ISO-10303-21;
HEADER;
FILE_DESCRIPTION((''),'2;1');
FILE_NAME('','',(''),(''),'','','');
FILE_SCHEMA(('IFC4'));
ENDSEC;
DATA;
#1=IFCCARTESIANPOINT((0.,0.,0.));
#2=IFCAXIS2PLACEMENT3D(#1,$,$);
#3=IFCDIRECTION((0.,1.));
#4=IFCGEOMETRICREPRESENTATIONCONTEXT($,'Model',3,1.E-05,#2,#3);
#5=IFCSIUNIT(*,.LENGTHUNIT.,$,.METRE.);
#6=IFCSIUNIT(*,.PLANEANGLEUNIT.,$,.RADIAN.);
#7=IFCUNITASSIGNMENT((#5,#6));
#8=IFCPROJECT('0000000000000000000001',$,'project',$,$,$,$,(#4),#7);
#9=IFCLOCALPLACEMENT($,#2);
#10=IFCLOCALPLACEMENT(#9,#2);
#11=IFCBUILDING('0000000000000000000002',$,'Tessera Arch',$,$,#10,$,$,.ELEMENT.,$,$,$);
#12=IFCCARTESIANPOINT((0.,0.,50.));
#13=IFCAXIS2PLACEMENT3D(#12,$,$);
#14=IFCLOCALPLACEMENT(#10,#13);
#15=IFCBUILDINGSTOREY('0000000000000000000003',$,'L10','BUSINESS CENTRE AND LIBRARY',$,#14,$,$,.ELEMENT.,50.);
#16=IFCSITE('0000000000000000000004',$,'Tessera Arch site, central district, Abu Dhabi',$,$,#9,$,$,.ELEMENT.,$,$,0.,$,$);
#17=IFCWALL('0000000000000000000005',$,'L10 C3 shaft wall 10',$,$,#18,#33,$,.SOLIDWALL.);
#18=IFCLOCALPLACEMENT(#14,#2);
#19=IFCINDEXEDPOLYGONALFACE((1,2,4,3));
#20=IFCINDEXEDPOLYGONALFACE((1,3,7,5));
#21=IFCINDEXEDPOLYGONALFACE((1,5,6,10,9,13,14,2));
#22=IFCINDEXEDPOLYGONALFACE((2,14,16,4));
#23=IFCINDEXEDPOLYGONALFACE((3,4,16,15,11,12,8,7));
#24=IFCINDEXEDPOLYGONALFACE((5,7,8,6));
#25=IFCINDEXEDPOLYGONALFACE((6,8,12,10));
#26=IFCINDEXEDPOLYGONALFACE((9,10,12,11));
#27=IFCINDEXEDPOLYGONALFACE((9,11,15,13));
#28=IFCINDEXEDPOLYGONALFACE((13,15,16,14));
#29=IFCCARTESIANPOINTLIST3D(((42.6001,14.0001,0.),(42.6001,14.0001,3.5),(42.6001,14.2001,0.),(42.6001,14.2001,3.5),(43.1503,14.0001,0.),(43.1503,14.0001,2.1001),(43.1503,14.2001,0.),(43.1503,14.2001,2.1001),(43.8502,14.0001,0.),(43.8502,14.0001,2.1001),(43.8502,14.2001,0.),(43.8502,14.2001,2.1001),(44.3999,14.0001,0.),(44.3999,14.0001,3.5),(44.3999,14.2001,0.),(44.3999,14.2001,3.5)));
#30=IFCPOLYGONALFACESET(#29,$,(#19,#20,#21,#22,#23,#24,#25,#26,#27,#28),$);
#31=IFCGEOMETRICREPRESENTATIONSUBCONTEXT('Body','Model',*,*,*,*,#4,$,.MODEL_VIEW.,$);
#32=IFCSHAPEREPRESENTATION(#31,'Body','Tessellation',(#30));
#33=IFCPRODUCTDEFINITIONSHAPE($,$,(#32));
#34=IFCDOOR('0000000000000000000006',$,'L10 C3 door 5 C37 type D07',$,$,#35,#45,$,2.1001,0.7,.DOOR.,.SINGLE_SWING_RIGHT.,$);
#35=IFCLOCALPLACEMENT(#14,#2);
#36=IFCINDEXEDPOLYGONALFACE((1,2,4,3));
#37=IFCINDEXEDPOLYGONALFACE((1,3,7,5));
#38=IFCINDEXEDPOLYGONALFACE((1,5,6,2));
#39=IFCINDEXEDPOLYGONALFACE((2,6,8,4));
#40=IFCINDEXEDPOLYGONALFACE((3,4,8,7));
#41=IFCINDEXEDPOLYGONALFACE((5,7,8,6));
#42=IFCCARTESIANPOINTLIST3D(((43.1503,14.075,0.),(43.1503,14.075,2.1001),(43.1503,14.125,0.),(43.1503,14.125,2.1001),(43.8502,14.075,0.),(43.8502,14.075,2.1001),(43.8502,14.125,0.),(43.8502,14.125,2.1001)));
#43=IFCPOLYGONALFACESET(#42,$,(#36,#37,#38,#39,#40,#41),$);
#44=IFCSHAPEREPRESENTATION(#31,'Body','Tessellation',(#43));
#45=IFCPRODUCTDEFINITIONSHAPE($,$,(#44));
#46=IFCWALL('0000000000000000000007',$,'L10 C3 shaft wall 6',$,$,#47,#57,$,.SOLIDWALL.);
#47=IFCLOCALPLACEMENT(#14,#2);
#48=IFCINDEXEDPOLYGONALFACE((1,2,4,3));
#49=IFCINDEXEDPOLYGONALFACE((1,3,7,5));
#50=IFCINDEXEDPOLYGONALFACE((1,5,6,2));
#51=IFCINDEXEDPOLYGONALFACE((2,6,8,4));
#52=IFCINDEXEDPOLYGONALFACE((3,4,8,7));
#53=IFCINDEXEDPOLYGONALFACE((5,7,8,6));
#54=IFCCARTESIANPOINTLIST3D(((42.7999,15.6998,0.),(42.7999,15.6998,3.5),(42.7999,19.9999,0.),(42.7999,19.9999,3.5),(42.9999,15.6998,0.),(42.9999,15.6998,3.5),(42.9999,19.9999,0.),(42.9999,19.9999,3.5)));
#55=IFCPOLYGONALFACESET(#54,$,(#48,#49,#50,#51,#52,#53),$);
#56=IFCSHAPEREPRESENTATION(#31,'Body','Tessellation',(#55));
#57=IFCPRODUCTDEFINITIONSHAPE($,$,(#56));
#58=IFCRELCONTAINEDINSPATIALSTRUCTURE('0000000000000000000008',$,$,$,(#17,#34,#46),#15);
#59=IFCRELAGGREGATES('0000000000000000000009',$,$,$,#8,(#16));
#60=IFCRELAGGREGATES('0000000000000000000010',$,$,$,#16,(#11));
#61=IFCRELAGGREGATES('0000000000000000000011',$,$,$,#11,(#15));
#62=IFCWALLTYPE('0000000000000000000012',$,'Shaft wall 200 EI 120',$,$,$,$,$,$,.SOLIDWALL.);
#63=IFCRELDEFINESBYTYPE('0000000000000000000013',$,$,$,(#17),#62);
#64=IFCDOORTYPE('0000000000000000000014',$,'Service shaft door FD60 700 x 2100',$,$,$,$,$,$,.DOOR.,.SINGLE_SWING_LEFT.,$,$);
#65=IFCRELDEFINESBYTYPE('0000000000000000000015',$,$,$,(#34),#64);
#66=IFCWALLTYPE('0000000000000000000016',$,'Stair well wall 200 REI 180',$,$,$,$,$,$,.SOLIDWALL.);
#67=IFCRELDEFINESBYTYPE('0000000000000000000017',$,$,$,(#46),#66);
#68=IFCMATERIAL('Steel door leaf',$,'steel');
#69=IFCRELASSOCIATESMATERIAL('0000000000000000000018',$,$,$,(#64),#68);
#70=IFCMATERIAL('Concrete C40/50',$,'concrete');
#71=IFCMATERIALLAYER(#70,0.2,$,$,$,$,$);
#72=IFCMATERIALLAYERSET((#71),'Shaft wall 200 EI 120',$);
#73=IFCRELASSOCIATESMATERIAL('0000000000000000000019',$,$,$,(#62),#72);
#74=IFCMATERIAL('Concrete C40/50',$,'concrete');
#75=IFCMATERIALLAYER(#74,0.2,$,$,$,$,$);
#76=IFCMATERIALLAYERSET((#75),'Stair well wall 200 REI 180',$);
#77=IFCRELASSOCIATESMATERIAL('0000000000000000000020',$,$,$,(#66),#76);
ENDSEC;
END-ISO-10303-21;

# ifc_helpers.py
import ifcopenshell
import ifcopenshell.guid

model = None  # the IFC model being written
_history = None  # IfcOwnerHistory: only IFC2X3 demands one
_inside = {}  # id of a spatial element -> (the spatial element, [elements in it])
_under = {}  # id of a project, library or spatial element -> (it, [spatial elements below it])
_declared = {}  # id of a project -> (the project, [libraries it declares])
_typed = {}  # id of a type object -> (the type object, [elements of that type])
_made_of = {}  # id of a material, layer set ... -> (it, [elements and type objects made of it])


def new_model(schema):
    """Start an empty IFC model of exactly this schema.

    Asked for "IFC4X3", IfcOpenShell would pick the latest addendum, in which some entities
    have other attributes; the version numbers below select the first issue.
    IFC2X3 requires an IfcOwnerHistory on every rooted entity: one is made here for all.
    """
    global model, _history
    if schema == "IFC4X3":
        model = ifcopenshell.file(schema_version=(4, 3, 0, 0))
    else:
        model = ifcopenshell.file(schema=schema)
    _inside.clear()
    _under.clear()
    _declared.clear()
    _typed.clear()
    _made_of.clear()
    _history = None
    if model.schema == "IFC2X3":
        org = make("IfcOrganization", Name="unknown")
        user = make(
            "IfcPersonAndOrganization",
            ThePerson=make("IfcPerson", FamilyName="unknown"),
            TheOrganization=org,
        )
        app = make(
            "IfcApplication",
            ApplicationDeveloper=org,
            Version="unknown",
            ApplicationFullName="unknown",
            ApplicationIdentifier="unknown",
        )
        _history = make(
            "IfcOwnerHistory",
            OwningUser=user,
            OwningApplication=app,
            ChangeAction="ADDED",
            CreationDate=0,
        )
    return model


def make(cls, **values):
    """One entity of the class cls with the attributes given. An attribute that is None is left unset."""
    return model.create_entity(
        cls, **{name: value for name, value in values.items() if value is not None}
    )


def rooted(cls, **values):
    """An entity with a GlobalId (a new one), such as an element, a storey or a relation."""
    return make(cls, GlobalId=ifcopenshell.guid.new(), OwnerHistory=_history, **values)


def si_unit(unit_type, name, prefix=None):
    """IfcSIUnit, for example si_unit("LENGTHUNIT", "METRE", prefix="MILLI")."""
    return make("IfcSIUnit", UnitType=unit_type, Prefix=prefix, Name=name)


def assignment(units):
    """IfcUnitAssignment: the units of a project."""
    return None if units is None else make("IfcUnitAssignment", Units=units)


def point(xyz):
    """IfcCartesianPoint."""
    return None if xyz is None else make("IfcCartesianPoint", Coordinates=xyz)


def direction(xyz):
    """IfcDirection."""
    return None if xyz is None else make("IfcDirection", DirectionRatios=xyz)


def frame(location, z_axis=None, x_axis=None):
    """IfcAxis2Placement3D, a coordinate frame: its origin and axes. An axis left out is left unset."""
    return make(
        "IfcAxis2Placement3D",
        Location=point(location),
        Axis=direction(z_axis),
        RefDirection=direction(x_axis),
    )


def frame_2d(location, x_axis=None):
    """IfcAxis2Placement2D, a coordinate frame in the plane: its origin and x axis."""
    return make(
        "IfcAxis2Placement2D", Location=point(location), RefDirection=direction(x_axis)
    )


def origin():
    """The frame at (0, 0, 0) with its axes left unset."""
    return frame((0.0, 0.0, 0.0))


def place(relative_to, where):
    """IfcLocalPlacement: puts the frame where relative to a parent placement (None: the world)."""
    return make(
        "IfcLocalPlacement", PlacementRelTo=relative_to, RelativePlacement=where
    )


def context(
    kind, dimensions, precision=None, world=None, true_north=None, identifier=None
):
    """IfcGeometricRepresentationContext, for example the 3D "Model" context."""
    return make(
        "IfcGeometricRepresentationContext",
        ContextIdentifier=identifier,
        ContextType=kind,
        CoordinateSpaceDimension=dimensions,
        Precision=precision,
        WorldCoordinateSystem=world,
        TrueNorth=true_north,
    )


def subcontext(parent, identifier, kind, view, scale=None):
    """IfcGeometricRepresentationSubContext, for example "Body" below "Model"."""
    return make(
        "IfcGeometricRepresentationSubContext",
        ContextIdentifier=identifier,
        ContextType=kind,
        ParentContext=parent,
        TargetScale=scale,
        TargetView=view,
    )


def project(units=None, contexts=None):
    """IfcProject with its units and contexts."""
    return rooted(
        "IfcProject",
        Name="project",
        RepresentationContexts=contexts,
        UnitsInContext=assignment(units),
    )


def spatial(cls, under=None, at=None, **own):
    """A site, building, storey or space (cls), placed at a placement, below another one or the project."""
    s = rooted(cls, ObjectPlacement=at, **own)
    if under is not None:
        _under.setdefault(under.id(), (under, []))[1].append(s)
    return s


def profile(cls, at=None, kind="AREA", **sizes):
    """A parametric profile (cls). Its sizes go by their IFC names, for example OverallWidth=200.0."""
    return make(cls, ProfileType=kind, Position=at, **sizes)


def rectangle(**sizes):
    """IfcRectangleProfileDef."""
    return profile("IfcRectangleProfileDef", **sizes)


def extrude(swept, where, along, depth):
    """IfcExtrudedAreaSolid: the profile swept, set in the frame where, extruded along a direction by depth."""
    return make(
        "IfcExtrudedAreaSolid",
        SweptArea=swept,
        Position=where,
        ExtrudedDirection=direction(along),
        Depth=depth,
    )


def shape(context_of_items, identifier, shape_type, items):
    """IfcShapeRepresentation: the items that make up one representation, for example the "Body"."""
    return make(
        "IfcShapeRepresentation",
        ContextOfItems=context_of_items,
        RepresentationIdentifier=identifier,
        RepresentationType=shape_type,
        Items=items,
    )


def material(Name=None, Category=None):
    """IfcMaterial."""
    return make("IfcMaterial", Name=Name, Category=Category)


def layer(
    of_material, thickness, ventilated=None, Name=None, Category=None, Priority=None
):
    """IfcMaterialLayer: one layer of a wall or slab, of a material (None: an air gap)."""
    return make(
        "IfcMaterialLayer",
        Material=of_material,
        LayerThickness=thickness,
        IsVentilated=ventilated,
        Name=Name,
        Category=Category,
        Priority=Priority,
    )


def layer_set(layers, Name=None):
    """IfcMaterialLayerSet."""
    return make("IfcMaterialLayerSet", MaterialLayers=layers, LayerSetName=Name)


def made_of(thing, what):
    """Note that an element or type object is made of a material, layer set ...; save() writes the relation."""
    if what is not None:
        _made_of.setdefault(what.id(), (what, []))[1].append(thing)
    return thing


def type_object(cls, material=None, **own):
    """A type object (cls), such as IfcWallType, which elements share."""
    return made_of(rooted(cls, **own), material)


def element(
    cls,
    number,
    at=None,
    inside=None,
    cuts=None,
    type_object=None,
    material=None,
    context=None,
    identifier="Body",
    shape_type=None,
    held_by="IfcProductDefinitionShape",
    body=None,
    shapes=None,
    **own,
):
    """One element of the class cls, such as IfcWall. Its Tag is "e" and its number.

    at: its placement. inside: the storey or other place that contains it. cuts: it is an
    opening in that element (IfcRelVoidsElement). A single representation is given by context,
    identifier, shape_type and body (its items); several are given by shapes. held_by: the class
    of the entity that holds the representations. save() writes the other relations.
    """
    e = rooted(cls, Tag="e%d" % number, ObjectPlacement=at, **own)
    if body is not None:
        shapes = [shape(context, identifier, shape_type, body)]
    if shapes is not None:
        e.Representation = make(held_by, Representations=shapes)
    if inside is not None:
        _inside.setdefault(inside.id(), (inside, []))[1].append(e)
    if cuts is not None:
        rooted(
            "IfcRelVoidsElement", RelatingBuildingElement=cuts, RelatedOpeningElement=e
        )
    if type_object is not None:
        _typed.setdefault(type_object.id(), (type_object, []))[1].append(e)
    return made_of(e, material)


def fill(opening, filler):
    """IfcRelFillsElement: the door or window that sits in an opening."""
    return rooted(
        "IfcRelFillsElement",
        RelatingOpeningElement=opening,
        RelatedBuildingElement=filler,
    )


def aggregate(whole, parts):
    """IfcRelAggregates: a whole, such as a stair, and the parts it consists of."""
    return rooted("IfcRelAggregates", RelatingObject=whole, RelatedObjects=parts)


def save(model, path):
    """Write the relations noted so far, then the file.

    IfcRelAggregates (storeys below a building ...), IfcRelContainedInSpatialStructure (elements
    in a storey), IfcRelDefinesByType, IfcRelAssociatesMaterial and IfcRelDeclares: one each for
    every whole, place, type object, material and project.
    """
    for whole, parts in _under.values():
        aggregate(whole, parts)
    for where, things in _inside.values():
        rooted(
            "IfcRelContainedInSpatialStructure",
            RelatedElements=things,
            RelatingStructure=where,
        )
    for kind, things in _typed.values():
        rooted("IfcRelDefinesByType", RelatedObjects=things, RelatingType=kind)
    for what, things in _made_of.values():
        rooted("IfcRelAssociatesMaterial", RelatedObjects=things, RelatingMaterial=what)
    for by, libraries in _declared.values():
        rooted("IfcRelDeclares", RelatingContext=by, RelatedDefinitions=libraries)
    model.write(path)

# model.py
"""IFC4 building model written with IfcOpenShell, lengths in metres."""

from ifc_helpers import new_model, si_unit, direction, frame, frame_2d, origin, place, context, subcontext, project, spatial, rectangle, extrude, material, layer, layer_set, type_object, element, fill, save


model = new_model("IFC4")

# Units and contexts
model_context = context("Model", 3, precision=1e-05, world=origin(), true_north=direction((0.0, 1.0)))
body_context = subcontext(model_context, "Body", "Model", "MODEL_VIEW")
ifc_project = project(units=[si_unit("LENGTHUNIT", "METRE"), si_unit("PLANEANGLEUNIT", "RADIAN")], contexts=[model_context])

# Site, building, storey
site_placement = place(None, origin())
site = spatial("IfcSite", under=ifc_project, at=site_placement, Name="Tessera Arch site, central district, Abu Dhabi", CompositionType="ELEMENT", RefElevation=0.0)
building_placement = place(site_placement, origin())
building = spatial("IfcBuilding", under=site, at=building_placement, Name="Tessera Arch", CompositionType="ELEMENT")
storey_placement = place(building_placement, frame((0.0, 0.0, 50.0)))
storey = spatial("IfcBuildingStorey", under=building, at=storey_placement, Name="L10", Description="BUSINESS CENTRE AND LIBRARY", CompositionType="ELEMENT", Elevation=50.0)

# Shared definitions
ifc_material_1 = material(Name="Steel door leaf", Category="steel")
door_type_1 = type_object("IfcDoorType", Name="Service shaft door FD60 700 x 2100", OperationType="SINGLE_SWING_LEFT", PredefinedType="DOOR", material=ifc_material_1)

# Shared definitions
ifc_material_2 = material(Name="Concrete C40/50", Category="concrete")
ifc_layer_1 = layer(ifc_material_2, 0.2)
ifc_layer_set_1 = layer_set([ifc_layer_1], Name="Shaft wall 200 EI 120")
wall_type_1 = type_object("IfcWallType", Name="Shaft wall 200 EI 120", PredefinedType="SOLIDWALL", material=ifc_layer_set_1)

# Wall, opening, door
wall_1_placement = place(storey_placement, frame((42.6001, 14.1001, 0.0), z_axis=(0.0, 0.0, 1.0), x_axis=(1.0, 0.0, 0.0)))
wall_1 = element("IfcWall", 1, at=wall_1_placement, inside=storey, type_object=wall_type_1, Name="L10 C3 shaft wall 10", PredefinedType="SOLIDWALL", context=body_context, shape_type="SweptSolid", body=[
    extrude(rectangle(XDim=1.7998, YDim=0.2, at=frame_2d((0.8999, 0.0))), origin(), (0.0, 0.0, 1.0), 3.5),
])
opening_1_placement = place(wall_1_placement, frame((0.55, 0.0, 0.0)))
opening_1 = element("IfcOpeningElement", 2, at=opening_1_placement, cuts=wall_1, PredefinedType="OPENING", context=body_context, shape_type="SweptSolid", body=[
    extrude(rectangle(XDim=0.7, YDim=2.1001, at=frame_2d((0.3501, 1.05))), frame((0.0, 0.1099, 0.0), z_axis=(0.0, -1.0, 0.0), x_axis=(1.0, 0.0, 0.0)), (0.0, 0.0, 1.0), 0.22),
])
door_1_placement = place(opening_1_placement, origin())
door_1 = element("IfcDoor", 3, at=door_1_placement, inside=storey, type_object=door_type_1, Name="L10 C3 door 5 C37 type D07", OperationType="SINGLE_SWING_RIGHT", OverallHeight=2.1001, OverallWidth=0.7, PredefinedType="DOOR", context=body_context, shape_type="SweptSolid", body=[
    extrude(rectangle(XDim=0.7, YDim=2.1001, at=frame_2d((0.3501, 1.05))), frame((0.0, 0.0249, 0.0), z_axis=(0.0, -1.0, 0.0), x_axis=(1.0, 0.0, 0.0)), (0.0, 0.0, 1.0), 0.05),
])
fill(opening_1, door_1)

# Wall
ifc_material_3 = material(Name="Concrete C40/50", Category="concrete")
ifc_layer_2 = layer(ifc_material_3, 0.2)
ifc_layer_set_2 = layer_set([ifc_layer_2], Name="Stair well wall 200 REI 180")
wall_type_2 = type_object("IfcWallType", Name="Stair well wall 200 REI 180", PredefinedType="SOLIDWALL", material=ifc_layer_set_2)
wall_2_placement = place(storey_placement, frame((42.8999, 15.7, 0.0), z_axis=(0.0, 0.0, 1.0), x_axis=(0.0, 1.0, 0.0)))
element("IfcWall", 4, at=wall_2_placement, inside=storey, type_object=wall_type_2, Name="L10 C3 shaft wall 6", PredefinedType="SOLIDWALL", context=body_context, shape_type="SweptSolid", body=[
    extrude(rectangle(XDim=4.3, YDim=0.2, at=frame_2d((2.1499, 0.0))), origin(), (0.0, 0.0, 1.0), 3.5),
])

save(model, "model.ifc")
